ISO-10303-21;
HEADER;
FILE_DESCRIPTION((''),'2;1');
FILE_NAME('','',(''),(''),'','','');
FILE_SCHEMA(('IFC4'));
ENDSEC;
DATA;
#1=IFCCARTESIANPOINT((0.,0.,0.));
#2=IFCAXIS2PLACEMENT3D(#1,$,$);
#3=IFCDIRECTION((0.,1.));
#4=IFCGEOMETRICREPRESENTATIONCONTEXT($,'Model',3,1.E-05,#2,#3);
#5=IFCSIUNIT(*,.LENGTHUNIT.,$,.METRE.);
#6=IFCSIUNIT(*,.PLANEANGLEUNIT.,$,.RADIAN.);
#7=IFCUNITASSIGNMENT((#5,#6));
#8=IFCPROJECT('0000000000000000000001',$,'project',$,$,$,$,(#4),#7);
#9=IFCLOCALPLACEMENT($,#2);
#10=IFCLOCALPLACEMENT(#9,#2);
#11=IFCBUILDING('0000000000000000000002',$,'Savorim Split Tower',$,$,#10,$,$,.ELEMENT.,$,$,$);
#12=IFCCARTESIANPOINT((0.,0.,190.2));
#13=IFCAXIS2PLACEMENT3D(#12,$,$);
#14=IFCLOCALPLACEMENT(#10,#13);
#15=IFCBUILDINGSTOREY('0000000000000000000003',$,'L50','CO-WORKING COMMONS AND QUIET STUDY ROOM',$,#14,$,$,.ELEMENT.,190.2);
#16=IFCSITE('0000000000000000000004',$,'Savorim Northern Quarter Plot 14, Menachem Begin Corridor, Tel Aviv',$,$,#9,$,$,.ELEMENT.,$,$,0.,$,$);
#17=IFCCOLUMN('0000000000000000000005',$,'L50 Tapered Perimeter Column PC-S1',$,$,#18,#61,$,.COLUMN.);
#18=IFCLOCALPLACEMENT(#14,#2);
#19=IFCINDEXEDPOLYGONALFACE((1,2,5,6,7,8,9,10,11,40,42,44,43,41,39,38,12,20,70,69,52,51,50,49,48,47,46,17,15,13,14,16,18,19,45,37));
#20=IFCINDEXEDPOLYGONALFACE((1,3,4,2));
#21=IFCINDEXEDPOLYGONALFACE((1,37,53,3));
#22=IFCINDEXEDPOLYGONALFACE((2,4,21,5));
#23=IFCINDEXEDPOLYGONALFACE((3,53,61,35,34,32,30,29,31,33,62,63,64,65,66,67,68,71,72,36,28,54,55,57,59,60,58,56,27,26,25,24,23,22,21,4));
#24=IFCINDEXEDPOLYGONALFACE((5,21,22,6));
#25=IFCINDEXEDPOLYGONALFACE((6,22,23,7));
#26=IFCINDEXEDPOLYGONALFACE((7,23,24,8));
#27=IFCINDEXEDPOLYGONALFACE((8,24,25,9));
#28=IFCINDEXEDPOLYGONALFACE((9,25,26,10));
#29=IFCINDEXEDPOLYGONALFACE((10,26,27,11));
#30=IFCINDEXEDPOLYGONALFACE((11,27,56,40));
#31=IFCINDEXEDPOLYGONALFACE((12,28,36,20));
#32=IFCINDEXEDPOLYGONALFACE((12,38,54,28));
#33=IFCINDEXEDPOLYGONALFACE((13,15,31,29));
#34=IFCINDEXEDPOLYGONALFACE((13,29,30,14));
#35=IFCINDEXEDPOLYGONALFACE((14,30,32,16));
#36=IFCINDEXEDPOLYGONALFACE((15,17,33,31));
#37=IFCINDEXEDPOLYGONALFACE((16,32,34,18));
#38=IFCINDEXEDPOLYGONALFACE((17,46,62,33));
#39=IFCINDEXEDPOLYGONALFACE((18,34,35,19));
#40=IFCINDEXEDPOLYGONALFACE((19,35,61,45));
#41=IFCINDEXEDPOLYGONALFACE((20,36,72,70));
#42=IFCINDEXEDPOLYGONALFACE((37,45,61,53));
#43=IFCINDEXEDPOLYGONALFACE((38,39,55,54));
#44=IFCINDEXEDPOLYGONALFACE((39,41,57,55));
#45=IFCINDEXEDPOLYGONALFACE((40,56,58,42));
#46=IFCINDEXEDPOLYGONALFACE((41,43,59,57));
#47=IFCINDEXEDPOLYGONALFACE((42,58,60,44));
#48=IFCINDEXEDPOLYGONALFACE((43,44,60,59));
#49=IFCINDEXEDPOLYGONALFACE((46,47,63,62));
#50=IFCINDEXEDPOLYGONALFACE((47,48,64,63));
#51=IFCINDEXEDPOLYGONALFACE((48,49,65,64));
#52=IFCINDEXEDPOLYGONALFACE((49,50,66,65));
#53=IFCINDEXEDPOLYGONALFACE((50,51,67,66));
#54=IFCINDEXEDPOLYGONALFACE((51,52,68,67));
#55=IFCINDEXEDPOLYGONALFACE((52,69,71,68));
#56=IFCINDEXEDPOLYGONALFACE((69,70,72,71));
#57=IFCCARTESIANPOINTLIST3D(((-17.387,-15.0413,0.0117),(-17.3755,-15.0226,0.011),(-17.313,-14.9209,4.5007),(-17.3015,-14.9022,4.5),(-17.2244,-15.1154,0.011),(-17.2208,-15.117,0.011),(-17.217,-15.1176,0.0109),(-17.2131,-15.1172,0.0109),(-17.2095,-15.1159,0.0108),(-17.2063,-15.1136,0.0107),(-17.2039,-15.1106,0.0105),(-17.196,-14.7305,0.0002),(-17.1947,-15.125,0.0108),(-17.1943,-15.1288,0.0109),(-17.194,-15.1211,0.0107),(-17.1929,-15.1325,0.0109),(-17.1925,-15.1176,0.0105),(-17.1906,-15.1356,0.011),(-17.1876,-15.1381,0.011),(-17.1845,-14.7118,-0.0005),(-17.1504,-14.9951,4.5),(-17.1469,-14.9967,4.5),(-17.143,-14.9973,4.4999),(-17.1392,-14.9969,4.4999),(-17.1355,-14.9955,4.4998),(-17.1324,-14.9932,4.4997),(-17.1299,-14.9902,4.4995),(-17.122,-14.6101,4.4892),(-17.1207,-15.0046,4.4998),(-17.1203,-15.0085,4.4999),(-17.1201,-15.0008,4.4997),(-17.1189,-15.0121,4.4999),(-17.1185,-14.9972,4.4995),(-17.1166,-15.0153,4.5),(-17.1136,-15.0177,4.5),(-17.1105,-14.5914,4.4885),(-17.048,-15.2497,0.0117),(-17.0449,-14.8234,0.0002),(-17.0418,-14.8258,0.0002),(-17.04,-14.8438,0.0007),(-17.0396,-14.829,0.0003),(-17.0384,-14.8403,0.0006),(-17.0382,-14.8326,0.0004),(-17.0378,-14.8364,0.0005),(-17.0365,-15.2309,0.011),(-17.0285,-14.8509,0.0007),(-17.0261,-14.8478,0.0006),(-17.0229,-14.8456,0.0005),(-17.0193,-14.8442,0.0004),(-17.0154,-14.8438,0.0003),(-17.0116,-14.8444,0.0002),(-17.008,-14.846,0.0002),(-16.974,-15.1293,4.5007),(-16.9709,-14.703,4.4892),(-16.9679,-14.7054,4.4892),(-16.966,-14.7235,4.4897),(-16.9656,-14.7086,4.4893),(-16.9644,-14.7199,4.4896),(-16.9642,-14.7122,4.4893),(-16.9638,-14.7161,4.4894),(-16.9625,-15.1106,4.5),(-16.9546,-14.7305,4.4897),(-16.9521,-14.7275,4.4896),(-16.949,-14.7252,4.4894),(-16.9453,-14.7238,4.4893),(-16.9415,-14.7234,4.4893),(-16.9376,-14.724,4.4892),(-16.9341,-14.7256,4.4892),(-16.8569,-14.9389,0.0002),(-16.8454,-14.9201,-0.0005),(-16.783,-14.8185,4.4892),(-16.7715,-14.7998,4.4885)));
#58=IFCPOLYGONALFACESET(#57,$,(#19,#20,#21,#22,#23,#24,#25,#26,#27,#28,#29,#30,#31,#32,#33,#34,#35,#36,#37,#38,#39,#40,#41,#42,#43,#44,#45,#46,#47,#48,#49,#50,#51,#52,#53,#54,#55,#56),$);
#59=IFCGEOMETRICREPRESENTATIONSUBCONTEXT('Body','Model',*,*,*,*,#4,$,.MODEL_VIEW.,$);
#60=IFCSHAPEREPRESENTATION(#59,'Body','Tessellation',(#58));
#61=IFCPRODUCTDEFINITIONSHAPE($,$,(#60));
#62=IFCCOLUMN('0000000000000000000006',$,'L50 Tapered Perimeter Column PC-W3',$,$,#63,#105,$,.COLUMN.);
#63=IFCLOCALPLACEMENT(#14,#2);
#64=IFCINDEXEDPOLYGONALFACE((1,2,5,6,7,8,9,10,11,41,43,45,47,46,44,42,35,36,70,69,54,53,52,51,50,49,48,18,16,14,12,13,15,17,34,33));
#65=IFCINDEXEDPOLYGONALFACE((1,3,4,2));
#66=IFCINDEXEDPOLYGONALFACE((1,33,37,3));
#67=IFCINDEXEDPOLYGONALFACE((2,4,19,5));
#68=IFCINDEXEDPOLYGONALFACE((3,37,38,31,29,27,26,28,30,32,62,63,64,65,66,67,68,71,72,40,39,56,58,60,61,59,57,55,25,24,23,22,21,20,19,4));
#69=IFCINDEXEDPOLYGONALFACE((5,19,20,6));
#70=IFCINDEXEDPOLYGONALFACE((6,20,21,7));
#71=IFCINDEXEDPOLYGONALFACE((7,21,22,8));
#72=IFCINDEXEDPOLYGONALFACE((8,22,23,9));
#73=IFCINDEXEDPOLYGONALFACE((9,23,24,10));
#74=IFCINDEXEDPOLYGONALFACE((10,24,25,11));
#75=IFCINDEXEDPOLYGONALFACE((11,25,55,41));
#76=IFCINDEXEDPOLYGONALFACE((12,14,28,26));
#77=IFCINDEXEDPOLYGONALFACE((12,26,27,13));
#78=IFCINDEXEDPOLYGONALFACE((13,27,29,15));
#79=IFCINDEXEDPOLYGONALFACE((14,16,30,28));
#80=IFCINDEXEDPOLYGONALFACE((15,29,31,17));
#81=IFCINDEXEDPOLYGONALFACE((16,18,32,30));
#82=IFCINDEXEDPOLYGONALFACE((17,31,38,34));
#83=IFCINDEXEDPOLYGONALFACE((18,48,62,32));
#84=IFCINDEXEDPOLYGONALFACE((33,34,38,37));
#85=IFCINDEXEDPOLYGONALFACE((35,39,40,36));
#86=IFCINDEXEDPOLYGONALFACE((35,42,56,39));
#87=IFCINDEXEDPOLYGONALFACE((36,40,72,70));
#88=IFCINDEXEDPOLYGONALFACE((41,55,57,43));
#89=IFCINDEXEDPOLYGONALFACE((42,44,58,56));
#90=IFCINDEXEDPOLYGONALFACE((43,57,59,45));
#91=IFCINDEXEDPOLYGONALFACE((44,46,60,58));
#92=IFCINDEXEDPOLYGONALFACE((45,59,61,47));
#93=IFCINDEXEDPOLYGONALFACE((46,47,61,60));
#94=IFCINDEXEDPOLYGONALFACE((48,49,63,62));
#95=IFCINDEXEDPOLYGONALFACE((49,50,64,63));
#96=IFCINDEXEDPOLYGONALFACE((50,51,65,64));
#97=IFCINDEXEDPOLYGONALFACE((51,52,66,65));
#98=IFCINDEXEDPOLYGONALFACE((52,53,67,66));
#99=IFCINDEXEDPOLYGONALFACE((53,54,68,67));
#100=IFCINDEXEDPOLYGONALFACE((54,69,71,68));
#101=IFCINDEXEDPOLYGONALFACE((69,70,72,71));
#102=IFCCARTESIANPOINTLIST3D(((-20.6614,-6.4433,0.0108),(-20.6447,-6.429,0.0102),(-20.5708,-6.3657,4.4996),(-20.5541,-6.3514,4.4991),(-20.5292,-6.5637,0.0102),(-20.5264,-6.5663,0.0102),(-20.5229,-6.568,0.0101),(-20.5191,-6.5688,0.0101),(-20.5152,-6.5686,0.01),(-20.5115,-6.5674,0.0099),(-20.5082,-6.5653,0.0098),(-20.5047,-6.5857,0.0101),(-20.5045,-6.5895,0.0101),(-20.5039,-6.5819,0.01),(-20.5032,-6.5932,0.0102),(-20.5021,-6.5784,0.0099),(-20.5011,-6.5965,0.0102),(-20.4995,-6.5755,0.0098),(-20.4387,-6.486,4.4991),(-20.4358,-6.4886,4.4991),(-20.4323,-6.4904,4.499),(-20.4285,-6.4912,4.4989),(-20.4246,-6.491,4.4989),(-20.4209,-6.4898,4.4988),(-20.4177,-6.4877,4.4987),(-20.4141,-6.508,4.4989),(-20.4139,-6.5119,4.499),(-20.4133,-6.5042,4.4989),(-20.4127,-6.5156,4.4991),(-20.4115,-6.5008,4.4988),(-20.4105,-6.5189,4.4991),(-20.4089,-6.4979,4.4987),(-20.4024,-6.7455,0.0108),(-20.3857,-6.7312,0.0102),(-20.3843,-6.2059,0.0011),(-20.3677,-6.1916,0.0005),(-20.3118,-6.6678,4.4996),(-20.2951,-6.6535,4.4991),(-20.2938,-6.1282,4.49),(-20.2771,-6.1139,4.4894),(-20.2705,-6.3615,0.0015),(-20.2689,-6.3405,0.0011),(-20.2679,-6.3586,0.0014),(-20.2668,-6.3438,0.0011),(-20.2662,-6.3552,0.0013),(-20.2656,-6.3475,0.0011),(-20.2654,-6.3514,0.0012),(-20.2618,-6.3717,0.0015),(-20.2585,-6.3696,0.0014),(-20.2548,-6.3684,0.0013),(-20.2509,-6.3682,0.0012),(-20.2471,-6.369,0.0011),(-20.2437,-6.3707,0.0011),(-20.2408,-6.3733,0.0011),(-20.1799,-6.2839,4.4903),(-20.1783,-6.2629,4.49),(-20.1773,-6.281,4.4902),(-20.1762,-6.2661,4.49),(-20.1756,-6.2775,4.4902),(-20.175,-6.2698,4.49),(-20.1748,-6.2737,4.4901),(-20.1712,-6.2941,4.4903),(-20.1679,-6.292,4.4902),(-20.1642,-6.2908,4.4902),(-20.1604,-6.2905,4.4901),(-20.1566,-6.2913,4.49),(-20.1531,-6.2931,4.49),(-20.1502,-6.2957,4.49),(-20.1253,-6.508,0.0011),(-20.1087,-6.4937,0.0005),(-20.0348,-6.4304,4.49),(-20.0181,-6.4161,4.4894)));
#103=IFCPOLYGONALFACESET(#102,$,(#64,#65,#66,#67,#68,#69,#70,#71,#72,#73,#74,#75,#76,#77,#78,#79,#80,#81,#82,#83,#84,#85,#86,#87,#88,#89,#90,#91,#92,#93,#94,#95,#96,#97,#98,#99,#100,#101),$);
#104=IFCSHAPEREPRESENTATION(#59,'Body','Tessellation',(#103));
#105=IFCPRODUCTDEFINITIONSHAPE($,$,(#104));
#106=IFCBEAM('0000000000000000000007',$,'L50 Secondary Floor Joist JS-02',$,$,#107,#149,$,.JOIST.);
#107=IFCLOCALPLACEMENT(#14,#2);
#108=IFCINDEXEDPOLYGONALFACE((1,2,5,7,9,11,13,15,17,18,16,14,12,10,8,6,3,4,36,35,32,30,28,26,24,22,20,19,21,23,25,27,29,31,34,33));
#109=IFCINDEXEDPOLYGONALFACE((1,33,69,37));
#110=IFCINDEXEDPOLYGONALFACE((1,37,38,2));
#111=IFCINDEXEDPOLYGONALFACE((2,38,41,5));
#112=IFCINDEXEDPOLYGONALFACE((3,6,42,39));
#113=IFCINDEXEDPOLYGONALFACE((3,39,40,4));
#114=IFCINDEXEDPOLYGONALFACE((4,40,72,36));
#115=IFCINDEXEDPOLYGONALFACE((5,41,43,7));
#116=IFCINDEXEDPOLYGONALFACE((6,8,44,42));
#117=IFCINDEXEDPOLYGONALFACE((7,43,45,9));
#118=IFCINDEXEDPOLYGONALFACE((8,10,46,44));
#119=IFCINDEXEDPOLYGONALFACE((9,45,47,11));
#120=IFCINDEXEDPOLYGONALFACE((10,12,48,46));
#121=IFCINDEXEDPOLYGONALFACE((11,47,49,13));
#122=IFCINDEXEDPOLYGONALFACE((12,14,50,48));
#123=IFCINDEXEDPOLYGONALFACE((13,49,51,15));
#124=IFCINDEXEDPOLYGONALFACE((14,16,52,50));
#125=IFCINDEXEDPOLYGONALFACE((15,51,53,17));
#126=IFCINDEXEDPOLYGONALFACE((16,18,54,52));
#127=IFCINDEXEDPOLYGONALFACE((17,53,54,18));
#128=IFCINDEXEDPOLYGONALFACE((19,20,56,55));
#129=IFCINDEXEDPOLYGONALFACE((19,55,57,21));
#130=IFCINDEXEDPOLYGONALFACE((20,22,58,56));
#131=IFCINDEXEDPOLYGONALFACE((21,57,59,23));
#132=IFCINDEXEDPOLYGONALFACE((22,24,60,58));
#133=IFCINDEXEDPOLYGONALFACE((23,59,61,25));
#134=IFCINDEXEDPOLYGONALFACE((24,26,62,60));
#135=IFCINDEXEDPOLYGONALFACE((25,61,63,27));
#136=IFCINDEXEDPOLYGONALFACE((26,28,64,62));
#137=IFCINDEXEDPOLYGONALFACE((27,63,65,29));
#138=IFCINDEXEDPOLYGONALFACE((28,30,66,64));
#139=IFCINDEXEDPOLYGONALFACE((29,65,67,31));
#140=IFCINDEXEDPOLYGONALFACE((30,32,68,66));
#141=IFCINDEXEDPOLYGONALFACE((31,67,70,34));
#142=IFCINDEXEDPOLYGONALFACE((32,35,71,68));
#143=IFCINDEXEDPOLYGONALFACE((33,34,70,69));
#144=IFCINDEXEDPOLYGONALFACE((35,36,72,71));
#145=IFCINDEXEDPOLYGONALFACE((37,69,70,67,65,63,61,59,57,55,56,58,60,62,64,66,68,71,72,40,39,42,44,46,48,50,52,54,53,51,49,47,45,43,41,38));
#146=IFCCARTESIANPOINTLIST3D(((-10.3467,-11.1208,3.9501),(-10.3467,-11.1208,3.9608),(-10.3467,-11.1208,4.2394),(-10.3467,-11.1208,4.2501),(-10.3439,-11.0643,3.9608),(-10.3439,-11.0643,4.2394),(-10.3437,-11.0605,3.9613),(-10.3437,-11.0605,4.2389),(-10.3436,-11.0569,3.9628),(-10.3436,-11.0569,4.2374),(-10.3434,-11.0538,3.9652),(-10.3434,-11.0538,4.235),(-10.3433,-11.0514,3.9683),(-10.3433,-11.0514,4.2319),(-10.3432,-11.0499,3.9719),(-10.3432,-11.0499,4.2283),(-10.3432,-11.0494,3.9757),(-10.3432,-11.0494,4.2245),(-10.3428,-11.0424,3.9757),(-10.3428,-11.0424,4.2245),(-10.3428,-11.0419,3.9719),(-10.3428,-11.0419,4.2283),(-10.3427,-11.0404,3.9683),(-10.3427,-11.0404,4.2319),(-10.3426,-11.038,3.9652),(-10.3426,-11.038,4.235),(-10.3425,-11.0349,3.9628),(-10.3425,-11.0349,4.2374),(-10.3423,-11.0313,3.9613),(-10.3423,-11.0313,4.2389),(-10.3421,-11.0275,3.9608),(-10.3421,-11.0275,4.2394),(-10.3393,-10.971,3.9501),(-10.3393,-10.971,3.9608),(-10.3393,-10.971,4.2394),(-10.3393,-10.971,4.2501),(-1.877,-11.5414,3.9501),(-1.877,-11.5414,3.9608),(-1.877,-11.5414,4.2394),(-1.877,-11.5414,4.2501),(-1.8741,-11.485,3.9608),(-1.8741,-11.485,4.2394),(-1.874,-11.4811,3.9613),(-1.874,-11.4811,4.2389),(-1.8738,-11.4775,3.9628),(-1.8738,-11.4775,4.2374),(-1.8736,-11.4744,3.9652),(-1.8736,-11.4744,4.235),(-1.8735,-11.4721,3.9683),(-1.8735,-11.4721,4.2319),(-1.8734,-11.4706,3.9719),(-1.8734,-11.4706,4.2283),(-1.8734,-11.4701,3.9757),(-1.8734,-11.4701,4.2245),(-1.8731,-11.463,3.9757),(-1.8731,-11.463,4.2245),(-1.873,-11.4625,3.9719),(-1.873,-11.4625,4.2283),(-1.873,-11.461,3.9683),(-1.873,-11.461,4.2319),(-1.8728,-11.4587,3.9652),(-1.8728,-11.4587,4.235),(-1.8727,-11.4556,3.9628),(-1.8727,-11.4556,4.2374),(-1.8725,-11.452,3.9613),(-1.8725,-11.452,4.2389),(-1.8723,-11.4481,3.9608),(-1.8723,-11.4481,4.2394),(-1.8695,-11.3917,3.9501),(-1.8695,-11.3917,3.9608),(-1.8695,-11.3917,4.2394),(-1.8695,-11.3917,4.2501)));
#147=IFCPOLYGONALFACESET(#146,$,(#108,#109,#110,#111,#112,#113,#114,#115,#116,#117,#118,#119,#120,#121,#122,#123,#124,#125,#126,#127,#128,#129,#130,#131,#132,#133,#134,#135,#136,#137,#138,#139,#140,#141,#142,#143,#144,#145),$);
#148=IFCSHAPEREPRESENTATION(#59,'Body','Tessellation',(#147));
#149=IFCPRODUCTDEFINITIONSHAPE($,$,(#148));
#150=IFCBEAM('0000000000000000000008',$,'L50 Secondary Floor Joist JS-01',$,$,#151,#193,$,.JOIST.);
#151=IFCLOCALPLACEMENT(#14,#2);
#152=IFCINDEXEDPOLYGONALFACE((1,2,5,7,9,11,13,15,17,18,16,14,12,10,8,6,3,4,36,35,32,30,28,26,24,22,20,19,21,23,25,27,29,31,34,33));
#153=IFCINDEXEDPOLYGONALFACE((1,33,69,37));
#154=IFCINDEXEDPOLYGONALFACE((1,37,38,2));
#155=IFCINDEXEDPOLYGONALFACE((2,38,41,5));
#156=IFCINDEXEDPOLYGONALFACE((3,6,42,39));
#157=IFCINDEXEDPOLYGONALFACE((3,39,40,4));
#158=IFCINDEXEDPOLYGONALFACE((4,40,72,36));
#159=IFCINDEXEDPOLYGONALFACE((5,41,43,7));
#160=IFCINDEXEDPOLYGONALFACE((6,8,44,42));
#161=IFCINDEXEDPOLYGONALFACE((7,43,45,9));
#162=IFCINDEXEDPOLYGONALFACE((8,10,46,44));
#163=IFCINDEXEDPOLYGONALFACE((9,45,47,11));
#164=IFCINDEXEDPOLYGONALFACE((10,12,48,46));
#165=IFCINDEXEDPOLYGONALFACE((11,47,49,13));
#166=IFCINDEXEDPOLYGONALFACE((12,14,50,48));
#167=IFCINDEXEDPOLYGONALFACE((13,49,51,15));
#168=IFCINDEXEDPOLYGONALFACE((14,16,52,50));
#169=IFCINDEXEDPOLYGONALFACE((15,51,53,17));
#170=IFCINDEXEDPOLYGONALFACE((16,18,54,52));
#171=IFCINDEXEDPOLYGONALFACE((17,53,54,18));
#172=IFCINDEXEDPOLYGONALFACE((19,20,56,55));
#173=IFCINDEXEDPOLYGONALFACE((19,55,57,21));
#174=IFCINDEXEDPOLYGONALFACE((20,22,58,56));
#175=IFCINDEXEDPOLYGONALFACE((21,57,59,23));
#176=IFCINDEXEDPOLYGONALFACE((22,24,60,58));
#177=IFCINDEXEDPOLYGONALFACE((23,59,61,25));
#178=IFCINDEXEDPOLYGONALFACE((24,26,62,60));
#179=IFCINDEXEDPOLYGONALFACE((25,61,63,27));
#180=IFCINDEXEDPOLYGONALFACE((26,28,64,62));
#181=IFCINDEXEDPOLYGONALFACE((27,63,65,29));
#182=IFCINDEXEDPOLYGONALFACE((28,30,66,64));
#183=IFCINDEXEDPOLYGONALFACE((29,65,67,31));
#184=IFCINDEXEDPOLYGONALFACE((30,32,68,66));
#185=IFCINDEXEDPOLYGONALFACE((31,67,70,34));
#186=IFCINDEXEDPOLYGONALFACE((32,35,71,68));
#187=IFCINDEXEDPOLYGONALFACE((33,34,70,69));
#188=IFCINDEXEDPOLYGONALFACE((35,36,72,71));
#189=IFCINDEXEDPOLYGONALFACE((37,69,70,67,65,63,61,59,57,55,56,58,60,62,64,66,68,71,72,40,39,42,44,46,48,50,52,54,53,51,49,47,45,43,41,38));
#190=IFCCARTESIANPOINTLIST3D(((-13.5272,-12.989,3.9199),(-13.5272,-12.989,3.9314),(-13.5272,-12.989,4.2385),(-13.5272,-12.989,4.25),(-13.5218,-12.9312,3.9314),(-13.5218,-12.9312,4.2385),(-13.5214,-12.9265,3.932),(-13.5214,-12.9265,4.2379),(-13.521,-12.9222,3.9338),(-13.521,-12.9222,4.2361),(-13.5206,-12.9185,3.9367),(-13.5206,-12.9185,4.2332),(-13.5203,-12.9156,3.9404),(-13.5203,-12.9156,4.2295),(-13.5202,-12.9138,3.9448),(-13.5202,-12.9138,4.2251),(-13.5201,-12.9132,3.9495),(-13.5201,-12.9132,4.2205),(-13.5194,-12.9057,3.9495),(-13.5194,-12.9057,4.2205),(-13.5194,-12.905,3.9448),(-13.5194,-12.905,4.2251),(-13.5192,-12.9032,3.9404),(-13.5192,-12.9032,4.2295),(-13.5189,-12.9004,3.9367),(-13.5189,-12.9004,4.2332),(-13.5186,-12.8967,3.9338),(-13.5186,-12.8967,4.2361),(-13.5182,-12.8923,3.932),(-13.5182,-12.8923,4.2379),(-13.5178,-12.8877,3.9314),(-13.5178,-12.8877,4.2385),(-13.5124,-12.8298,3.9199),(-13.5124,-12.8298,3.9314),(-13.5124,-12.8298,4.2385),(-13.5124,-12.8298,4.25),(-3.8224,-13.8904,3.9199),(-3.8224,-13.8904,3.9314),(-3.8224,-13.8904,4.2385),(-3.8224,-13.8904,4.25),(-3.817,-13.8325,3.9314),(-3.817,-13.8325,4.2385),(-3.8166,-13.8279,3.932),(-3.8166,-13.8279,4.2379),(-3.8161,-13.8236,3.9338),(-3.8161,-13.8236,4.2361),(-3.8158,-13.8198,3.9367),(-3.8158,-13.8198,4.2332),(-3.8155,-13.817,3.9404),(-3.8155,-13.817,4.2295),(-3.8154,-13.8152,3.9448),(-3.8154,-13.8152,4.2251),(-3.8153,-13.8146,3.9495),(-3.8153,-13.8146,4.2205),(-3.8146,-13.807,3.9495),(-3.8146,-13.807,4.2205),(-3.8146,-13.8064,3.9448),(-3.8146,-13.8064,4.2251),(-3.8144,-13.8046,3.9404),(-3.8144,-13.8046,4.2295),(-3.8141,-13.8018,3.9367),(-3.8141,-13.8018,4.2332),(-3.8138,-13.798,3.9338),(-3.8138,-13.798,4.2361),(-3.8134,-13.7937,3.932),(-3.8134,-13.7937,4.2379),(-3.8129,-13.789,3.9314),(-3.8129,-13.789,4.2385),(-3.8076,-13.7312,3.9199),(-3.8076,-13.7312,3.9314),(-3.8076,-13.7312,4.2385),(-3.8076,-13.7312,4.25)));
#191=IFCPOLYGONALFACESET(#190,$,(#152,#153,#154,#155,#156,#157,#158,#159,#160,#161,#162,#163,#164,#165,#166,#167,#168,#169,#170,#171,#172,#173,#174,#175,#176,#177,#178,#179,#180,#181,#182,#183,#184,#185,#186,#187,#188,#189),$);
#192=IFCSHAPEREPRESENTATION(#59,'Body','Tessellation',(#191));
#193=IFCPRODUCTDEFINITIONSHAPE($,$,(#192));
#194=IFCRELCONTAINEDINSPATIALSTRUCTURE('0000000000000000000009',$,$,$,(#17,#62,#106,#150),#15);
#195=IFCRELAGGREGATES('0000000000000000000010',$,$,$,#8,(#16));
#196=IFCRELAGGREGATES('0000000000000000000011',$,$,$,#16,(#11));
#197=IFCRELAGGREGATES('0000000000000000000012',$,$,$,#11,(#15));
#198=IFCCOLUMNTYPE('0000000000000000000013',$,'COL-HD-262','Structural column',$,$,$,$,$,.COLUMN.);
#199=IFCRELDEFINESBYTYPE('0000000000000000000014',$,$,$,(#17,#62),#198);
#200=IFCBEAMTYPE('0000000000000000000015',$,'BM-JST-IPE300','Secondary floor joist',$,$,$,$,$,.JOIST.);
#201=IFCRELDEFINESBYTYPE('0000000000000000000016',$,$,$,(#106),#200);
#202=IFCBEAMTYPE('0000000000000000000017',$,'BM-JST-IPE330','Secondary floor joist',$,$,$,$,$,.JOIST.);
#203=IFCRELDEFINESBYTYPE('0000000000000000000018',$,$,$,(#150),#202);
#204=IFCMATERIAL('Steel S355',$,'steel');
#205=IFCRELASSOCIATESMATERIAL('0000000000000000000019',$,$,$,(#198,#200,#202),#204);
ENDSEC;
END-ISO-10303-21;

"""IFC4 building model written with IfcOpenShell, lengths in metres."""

from ifc_helpers import new_model, si_unit, direction, frame, origin, origin_2d, place, context, subcontext, project, spatial, i_section, extrude, material, material_profile, profile_set, type_object, element, save


model = new_model("IFC4")

# Units and contexts
model_context = context("Model", 3, precision=1e-05, world=origin(), true_north=direction((0.0, 1.0)))
body_context = subcontext(model_context, "Body", "Model", "MODEL_VIEW")
ifc_project = project(units=[si_unit("LENGTHUNIT", "METRE"), si_unit("PLANEANGLEUNIT", "RADIAN")], contexts=[model_context])

# Site, building, storey
site_placement = place(None, origin())
site = spatial("IfcSite", under=ifc_project, at=site_placement, Name="Savorim Northern Quarter Plot 14, Menachem Begin Corridor, Tel Aviv", CompositionType="ELEMENT", RefElevation=0.0)
building_placement = place(site_placement, origin())
building = spatial("IfcBuilding", under=site, at=building_placement, Name="Savorim Split Tower", CompositionType="ELEMENT")
storey_placement = place(building_placement, frame((0.0, 0.0, 190.2)))
storey = spatial("IfcBuildingStorey", under=building, at=storey_placement, Name="L50", Description="CO-WORKING COMMONS AND QUIET STUDY ROOM", CompositionType="ELEMENT", Elevation=190.2)

# Columns
ifc_material_1 = material(Name="Steel S355", Category="steel")
ifc_material_profile_1 = material_profile(ifc_material_1, i_section(OverallWidth=0.3979, OverallDepth=0.387, WebThickness=0.0134, FlangeThickness=0.022, FilletRadius=0.0149, at=origin_2d()), Name="HD 400x262")
ifc_profile_set_1 = profile_set([ifc_material_profile_1], Name="Steel S355")
column_type = type_object("IfcColumnType", Name="COL-HD-262", Description="Structural column", PredefinedType="COLUMN", material=ifc_profile_set_1)
column_1_placement = place(storey_placement, frame((-17.1162, -14.9807, 0.0056), z_axis=(0.016471, 0.026799, 0.999505), x_axis=(-0.851955, 0.523615, 0.0)))
element("IfcColumn", 1, at=column_1_placement, inside=storey, type_object=column_type, Name="L50 Tapered Perimeter Column PC-S1", PredefinedType="COLUMN", context=body_context, shape_type="SweptSolid", body=[
    extrude(i_section(OverallWidth=0.3979, OverallDepth=0.387, WebThickness=0.0134, FlangeThickness=0.022, FilletRadius=0.0149, at=origin_2d()), origin(), (0.0, 0.0, 1.0), 4.4912),
])
column_2_placement = place(storey_placement, frame((-20.385, -6.4685, 0.0056), z_axis=(0.02017, 0.017289, 0.999647), x_axis=(-0.650791, 0.759257, 0.0)))
element("IfcColumn", 2, at=column_2_placement, inside=storey, type_object=column_type, Name="L50 Tapered Perimeter Column PC-W3", PredefinedType="COLUMN", context=body_context, shape_type="SweptSolid", body=[
    extrude(i_section(OverallWidth=0.3979, OverallDepth=0.387, WebThickness=0.0134, FlangeThickness=0.022, FilletRadius=0.0149, at=origin_2d()), origin(), (0.0, 0.0, 1.0), 4.4905),
])

# Beams
ifc_material_profile_2 = material_profile(ifc_material_1, i_section(OverallWidth=0.1499, OverallDepth=0.3, WebThickness=0.0071, FlangeThickness=0.0107, FilletRadius=0.0149, at=origin_2d()), Name="IPE 300")
ifc_profile_set_2 = profile_set([ifc_material_profile_2], Name="Steel S355")
beam_type_1 = type_object("IfcBeamType", Name="BM-JST-IPE300", Description="Secondary floor joist", PredefinedType="JOIST", material=ifc_profile_set_2)
beam_1_placement = place(storey_placement, frame((-10.343, -11.0459, 4.1001), z_axis=(0.998769, -0.049604, 0.0), x_axis=(0.049604, 0.998769, 0.0)))
element("IfcBeam", 3, at=beam_1_placement, inside=storey, type_object=beam_type_1, Name="L50 Secondary Floor Joist JS-02", PredefinedType="JOIST", context=body_context, shape_type="SweptSolid", body=[
    extrude(i_section(OverallWidth=0.1499, OverallDepth=0.3, WebThickness=0.0071, FlangeThickness=0.0107, FilletRadius=0.0149, at=origin_2d()), origin(), (0.0, 0.0, 1.0), 8.4802),
])
ifc_material_profile_3 = material_profile(ifc_material_1, i_section(OverallWidth=0.1599, OverallDepth=0.3301, WebThickness=0.0076, FlangeThickness=0.0115, FilletRadius=0.0181, at=origin_2d()), Name="IPE 330")
ifc_profile_set_3 = profile_set([ifc_material_profile_3], Name="Steel S355")
beam_type_2 = type_object("IfcBeamType", Name="BM-JST-IPE330", Description="Secondary floor joist", PredefinedType="JOIST", material=ifc_profile_set_3)
beam_2_placement = place(storey_placement, frame((-13.5198, -12.9094, 4.085), z_axis=(0.995715, -0.09248, 0.0), x_axis=(0.09248, 0.995715, 0.0)))
element("IfcBeam", 4, at=beam_2_placement, inside=storey, type_object=beam_type_2, Name="L50 Secondary Floor Joist JS-01", PredefinedType="JOIST", context=body_context, shape_type="SweptSolid", body=[
    extrude(i_section(OverallWidth=0.1599, OverallDepth=0.3301, WebThickness=0.0076, FlangeThickness=0.0115, FilletRadius=0.0181, at=origin_2d()), origin(), (0.0, 0.0, 1.0), 9.7466),
])

save(model, "model.ifc")
